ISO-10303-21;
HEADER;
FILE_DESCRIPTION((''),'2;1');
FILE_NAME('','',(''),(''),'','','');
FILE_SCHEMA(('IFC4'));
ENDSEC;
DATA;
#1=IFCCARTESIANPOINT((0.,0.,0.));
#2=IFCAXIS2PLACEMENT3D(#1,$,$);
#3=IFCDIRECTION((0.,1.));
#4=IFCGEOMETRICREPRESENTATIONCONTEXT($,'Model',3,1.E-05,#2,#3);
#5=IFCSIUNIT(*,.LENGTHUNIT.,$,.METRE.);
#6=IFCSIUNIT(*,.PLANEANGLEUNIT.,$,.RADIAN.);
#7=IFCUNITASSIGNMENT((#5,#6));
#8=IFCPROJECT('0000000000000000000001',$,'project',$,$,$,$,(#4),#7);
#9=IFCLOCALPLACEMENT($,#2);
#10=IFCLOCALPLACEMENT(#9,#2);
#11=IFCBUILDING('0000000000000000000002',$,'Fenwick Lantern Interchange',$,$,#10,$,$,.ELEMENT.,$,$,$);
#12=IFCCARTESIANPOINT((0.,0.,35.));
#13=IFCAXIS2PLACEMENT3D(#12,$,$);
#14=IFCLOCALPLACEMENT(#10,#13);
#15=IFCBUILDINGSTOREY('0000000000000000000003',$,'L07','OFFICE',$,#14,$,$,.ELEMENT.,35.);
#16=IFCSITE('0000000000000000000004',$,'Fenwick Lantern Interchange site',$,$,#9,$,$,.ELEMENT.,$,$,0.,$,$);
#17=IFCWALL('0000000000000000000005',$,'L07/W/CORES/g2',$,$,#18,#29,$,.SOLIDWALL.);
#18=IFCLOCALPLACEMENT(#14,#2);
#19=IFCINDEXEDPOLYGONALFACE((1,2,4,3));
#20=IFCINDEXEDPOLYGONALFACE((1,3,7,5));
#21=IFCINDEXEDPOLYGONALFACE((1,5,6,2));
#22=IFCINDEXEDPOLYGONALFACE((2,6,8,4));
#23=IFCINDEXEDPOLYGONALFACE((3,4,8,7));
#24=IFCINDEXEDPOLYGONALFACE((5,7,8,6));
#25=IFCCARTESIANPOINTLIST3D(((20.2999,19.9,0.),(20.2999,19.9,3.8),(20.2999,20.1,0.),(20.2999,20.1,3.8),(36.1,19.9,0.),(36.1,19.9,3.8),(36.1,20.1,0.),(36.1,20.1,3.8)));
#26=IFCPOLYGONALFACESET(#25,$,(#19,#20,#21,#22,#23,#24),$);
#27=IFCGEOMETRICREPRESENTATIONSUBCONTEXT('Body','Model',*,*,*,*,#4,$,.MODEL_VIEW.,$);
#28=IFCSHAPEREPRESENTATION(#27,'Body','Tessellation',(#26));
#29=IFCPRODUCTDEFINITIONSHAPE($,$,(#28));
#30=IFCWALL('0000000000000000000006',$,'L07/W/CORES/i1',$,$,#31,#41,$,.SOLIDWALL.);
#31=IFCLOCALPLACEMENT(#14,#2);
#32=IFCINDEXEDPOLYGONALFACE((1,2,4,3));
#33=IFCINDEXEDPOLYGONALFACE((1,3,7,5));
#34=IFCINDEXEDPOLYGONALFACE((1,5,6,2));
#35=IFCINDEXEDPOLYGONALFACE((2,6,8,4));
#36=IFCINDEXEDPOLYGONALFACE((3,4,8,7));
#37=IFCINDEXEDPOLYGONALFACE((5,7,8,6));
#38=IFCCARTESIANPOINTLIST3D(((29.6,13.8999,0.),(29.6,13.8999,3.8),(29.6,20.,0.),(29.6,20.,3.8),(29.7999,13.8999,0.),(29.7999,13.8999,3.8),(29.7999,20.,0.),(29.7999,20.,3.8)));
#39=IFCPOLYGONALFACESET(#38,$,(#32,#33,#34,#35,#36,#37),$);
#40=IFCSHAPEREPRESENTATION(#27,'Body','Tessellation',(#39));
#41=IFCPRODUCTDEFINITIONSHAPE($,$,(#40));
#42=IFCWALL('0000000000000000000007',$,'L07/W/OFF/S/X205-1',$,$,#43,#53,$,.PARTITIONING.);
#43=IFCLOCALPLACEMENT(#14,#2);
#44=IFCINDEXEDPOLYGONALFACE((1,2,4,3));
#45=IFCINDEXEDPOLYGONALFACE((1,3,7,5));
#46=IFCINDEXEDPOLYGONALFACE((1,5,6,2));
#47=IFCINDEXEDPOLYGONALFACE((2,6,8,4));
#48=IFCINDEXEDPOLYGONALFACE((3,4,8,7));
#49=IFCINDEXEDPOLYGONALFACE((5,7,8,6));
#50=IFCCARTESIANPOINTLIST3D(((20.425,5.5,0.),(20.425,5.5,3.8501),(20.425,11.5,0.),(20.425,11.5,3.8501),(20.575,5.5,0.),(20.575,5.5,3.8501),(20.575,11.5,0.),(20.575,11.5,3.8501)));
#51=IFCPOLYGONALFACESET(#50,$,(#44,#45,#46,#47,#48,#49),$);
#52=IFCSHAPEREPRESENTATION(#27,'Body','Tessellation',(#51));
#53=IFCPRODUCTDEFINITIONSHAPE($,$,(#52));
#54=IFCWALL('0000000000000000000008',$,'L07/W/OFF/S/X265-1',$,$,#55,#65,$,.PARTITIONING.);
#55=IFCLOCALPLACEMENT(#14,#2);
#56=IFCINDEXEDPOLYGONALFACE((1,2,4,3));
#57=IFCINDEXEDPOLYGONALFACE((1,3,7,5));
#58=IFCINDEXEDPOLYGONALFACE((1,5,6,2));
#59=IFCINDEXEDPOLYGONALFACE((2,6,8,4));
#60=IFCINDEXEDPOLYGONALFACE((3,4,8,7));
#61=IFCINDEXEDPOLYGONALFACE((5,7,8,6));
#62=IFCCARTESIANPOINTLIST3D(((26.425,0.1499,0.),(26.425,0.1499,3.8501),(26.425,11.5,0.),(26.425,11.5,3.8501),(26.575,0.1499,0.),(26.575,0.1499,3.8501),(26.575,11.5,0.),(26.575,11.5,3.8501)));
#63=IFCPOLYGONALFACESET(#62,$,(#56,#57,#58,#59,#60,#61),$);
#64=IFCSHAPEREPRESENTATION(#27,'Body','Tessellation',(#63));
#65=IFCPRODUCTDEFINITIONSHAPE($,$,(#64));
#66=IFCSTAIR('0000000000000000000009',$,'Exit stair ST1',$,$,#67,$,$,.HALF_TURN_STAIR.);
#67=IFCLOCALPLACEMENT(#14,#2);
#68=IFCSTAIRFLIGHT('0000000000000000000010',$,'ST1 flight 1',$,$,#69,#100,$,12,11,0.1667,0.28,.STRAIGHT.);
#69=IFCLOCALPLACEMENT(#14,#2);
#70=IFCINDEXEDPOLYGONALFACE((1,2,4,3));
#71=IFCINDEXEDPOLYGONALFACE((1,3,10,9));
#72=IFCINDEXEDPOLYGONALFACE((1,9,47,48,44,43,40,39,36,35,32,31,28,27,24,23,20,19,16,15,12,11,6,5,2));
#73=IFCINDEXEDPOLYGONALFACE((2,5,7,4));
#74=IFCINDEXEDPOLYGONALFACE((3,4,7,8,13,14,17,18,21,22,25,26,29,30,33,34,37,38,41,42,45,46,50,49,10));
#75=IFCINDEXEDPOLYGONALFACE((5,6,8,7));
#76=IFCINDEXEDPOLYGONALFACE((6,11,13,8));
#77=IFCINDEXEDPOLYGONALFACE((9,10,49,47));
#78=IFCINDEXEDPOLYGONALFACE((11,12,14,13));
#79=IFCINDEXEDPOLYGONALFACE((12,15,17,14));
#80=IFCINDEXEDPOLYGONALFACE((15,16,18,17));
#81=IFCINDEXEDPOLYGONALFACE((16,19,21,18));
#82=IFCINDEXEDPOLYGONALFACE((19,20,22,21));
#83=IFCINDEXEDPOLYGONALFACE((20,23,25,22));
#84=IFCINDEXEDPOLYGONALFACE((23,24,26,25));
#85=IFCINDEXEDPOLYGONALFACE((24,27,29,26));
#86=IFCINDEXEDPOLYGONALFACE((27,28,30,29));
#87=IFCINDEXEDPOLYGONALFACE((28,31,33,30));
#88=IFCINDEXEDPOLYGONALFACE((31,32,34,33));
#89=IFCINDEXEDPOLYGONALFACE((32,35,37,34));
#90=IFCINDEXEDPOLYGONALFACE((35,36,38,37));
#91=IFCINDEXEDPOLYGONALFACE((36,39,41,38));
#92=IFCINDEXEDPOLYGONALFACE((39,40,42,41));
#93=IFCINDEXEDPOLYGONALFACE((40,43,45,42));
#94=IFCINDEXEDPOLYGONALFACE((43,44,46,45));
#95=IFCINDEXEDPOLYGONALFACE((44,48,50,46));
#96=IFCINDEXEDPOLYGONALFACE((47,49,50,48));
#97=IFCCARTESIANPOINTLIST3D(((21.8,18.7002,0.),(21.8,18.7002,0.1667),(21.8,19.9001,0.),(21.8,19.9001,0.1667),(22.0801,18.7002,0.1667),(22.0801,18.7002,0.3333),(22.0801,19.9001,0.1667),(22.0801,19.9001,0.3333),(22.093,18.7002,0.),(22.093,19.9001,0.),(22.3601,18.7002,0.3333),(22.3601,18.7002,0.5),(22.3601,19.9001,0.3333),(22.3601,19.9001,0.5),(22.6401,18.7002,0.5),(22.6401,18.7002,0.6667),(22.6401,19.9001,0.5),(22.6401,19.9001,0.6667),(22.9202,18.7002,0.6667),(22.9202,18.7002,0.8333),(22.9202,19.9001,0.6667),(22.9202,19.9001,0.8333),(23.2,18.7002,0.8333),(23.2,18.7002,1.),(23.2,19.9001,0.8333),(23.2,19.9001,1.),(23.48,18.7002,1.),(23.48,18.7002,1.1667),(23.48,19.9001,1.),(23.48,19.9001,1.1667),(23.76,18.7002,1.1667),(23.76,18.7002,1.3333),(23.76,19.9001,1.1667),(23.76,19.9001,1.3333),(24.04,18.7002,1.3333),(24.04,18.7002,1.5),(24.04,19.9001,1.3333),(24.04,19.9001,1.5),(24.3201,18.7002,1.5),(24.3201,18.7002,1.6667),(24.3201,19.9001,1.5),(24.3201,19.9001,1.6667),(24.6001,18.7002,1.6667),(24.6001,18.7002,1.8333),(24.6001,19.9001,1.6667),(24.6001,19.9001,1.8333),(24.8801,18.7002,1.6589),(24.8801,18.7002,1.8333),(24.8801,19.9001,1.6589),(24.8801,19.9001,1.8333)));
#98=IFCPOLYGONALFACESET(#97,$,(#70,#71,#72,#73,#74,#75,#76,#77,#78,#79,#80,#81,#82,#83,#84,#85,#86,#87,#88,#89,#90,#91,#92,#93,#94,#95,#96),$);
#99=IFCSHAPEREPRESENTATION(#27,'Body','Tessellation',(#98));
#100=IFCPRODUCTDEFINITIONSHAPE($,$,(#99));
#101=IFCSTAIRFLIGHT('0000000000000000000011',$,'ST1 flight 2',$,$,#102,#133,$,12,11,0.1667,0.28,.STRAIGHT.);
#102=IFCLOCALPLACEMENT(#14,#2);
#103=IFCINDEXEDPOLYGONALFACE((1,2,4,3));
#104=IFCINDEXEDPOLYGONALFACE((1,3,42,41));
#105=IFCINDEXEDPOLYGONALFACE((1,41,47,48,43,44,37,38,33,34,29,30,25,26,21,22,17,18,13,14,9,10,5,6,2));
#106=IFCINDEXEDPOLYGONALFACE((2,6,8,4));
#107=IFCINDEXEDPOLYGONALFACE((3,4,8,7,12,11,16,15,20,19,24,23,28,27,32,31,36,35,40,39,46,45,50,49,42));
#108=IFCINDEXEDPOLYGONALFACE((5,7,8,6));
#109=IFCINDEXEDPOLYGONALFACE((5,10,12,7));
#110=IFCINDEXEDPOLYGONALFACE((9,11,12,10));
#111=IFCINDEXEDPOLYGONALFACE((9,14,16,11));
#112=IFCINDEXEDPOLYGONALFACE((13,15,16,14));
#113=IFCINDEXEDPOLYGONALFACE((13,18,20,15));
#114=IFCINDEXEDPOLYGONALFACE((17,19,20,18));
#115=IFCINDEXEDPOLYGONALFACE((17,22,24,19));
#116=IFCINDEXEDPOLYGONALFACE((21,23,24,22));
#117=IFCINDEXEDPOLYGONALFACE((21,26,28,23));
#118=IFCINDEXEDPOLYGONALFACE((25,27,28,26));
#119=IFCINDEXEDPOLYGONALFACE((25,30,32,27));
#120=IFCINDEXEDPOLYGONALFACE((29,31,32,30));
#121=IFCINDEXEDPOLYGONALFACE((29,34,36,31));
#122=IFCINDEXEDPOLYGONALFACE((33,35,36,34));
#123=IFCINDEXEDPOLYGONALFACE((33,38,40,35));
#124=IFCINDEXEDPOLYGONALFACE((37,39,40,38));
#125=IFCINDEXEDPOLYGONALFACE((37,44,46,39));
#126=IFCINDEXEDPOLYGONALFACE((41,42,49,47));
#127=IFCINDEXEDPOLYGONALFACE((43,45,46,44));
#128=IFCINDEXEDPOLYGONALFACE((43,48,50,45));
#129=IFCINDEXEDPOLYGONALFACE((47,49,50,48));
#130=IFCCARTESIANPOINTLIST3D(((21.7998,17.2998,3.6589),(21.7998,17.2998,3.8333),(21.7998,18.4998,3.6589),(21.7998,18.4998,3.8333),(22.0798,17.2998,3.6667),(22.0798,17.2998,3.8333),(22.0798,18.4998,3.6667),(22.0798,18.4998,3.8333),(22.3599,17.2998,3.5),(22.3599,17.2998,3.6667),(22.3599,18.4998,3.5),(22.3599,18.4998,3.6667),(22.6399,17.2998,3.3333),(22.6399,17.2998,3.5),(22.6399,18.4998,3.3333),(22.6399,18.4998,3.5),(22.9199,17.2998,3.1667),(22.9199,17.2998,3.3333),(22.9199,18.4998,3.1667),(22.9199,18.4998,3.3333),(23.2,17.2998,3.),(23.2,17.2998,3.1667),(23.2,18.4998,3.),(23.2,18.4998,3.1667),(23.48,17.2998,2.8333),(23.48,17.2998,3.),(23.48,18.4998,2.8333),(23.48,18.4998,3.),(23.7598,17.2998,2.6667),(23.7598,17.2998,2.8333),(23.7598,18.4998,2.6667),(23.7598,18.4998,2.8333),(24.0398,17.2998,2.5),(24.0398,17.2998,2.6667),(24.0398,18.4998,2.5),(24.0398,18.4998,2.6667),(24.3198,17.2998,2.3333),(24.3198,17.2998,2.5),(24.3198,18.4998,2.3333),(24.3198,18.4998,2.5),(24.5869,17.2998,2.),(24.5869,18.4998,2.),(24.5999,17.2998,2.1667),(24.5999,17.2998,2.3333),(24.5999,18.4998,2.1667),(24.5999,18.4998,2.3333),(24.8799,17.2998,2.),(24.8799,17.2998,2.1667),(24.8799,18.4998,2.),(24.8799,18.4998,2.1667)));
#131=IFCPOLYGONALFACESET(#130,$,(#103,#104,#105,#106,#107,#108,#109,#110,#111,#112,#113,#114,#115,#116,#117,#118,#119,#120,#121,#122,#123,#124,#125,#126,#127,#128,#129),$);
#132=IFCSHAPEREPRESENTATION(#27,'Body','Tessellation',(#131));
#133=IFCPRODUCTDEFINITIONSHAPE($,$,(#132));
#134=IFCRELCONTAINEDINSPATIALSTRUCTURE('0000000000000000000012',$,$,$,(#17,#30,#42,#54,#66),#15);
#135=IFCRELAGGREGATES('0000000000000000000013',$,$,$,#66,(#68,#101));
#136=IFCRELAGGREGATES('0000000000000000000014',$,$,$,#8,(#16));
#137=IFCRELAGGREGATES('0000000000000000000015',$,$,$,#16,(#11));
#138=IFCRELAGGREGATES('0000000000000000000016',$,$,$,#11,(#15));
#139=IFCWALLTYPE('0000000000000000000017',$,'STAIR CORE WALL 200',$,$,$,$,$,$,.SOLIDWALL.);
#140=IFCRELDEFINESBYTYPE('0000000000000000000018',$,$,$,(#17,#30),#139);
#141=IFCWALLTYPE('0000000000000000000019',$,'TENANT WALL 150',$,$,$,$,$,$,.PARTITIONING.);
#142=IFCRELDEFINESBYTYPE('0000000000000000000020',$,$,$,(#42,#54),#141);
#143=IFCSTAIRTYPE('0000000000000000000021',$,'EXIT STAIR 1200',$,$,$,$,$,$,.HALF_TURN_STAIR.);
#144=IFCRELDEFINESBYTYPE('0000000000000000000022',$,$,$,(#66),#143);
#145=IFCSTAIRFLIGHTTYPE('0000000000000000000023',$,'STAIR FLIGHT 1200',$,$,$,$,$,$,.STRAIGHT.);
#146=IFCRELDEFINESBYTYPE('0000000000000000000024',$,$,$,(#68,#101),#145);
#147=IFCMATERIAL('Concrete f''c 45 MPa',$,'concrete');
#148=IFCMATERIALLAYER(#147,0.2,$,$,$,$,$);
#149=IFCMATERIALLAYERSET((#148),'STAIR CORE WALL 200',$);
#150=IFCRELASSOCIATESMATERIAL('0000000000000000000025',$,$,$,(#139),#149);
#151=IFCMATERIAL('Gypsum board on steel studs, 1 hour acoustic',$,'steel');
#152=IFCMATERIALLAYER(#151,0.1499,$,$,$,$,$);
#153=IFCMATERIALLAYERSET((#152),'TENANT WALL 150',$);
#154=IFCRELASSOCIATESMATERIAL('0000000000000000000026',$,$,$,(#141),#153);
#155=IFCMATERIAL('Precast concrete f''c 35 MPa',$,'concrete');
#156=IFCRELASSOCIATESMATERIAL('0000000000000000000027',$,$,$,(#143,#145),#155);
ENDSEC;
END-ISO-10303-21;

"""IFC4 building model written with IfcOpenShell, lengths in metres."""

from ifc_helpers import new_model, si_unit, direction, frame, frame_2d, origin, place, context, subcontext, project, spatial, polyline, rectangle, outline, extrude, material, layer, layer_set, type_object, element, aggregate, save


model = new_model("IFC4")

# Units and contexts
model_context = context("Model", 3, precision=1e-05, world=origin(), true_north=direction((0.0, 1.0)))
body_context = subcontext(model_context, "Body", "Model", "MODEL_VIEW")
ifc_project = project(units=[si_unit("LENGTHUNIT", "METRE"), si_unit("PLANEANGLEUNIT", "RADIAN")], contexts=[model_context])

# Site, building, storey
site_placement = place(None, origin())
site = spatial("IfcSite", under=ifc_project, at=site_placement, Name="Fenwick Lantern Interchange site", CompositionType="ELEMENT", RefElevation=0.0)
building_placement = place(site_placement, origin())
building = spatial("IfcBuilding", under=site, at=building_placement, Name="Fenwick Lantern Interchange", CompositionType="ELEMENT")
storey_placement = place(building_placement, frame((0.0, 0.0, 35.0)))
storey = spatial("IfcBuildingStorey", under=building, at=storey_placement, Name="L07", Description="OFFICE", CompositionType="ELEMENT", Elevation=35.0)

# Shared definitions
ifc_material_1 = material(Name="Concrete f'c 45 MPa", Category="concrete")
ifc_layer_1 = layer(ifc_material_1, 0.2)
ifc_layer_set_1 = layer_set([ifc_layer_1], Name="STAIR CORE WALL 200")
wall_type_1 = type_object("IfcWallType", Name="STAIR CORE WALL 200", PredefinedType="SOLIDWALL", material=ifc_layer_set_1)

# Walls
wall_1_placement = place(storey_placement, frame((20.3, 20.0, 0.0), z_axis=(0.0, 0.0, 1.0), x_axis=(1.0, 0.0, 0.0)))
element("IfcWall", 1, at=wall_1_placement, inside=storey, type_object=wall_type_1, Name="L07/W/CORES/g2", PredefinedType="SOLIDWALL", context=body_context, shape_type="SweptSolid", body=[
    extrude(rectangle(XDim=15.8, YDim=0.2, at=frame_2d((7.8999, 0.0))), origin(), (0.0, 0.0, 1.0), 3.8),
])
wall_2_placement = place(storey_placement, frame((29.7, 13.8999, 0.0), z_axis=(0.0, 0.0, 1.0), x_axis=(0.0, 1.0, 0.0)))
element("IfcWall", 2, at=wall_2_placement, inside=storey, type_object=wall_type_1, Name="L07/W/CORES/i1", PredefinedType="SOLIDWALL", context=body_context, shape_type="SweptSolid", body=[
    extrude(rectangle(XDim=6.1001, YDim=0.2, at=frame_2d((3.05, 0.0))), origin(), (0.0, 0.0, 1.0), 3.8),
])
ifc_material_2 = material(Name="Gypsum board on steel studs, 1 hour acoustic", Category="steel")
ifc_layer_2 = layer(ifc_material_2, 0.1499)
ifc_layer_set_2 = layer_set([ifc_layer_2], Name="TENANT WALL 150")
wall_type_2 = type_object("IfcWallType", Name="TENANT WALL 150", PredefinedType="PARTITIONING", material=ifc_layer_set_2)
wall_3_placement = place(storey_placement, frame((20.5, 5.5, 0.0), z_axis=(0.0, 0.0, 1.0), x_axis=(0.0, 1.0, 0.0)))
element("IfcWall", 3, at=wall_3_placement, inside=storey, type_object=wall_type_2, Name="L07/W/OFF/S/X205-1", PredefinedType="PARTITIONING", context=body_context, shape_type="SweptSolid", body=[
    extrude(rectangle(XDim=6.0, YDim=0.1499, at=frame_2d((3.0, 0.0))), origin(), (0.0, 0.0, 1.0), 3.8501),
])
wall_4_placement = place(storey_placement, frame((26.5, 0.1499, 0.0), z_axis=(0.0, 0.0, 1.0), x_axis=(0.0, 1.0, 0.0)))
element("IfcWall", 4, at=wall_4_placement, inside=storey, type_object=wall_type_2, Name="L07/W/OFF/S/X265-1", PredefinedType="PARTITIONING", context=body_context, shape_type="SweptSolid", body=[
    extrude(rectangle(XDim=11.3501, YDim=0.1499, at=frame_2d((5.675, 0.0))), origin(), (0.0, 0.0, 1.0), 3.8501),
])

# Stair, stair flights
ifc_material_3 = material(Name="Precast concrete f'c 35 MPa", Category="concrete")
stair_type = type_object("IfcStairType", Name="EXIT STAIR 1200", PredefinedType="HALF_TURN_STAIR", material=ifc_material_3)
stair_placement = place(storey_placement, origin())
stair = element("IfcStair", 5, at=stair_placement, inside=storey, type_object=stair_type, Name="Exit stair ST1", PredefinedType="HALF_TURN_STAIR")
stair_flight_type = type_object("IfcStairFlightType", Name="STAIR FLIGHT 1200", PredefinedType="STRAIGHT", material=ifc_material_3)
stair_flight_1_placement = place(storey_placement, frame((21.8, 19.3, 0.0), z_axis=(0.0, 0.0, 1.0), x_axis=(1.0, 0.0, 0.0)))
stair_flight_1 = element("IfcStairFlight", 6, at=stair_flight_1_placement, type_object=stair_flight_type, Name="ST1 flight 1", NumberOfRisers=12, NumberOfTreads=11, PredefinedType="STRAIGHT", RiserHeight=0.1667, TreadLength=0.28, context=body_context, shape_type="SweptSolid", body=[
    extrude(outline(polyline([(0.0, 0.0), (0.0, 0.1667), (0.28, 0.1667), (0.28, 0.3333), (0.5601, 0.3333), (0.5601, 0.5), (0.8401, 0.5), (0.8401, 0.6667), (1.1201, 0.6667), (1.1201, 0.8333), (1.3999, 0.8333), (1.3999, 1.0), (1.6799, 1.0), (1.6799, 1.1667), (1.96, 1.1667), (1.96, 1.3333), (2.24, 1.3333), (2.24, 1.5), (2.52, 1.5), (2.52, 1.6667), (2.8, 1.6667), (2.8, 1.8333), (3.0801, 1.8333), (3.0801, 2.0), (3.0801, 1.6589), (0.293, 0.0), (0.0, 0.0)])), frame((0.0, 0.6001, 0.0), z_axis=(0.0, -1.0, 0.0), x_axis=(1.0, 0.0, 0.0)), (0.0, 0.0, 1.0), 1.2),
])
stair_flight_2_placement = place(storey_placement, frame((24.8799, 17.8999, 2.0), z_axis=(0.0, 0.0, 1.0), x_axis=(-1.0, 0.0, 0.0)))
stair_flight_2 = element("IfcStairFlight", 7, at=stair_flight_2_placement, type_object=stair_flight_type, Name="ST1 flight 2", NumberOfRisers=12, NumberOfTreads=11, PredefinedType="STRAIGHT", RiserHeight=0.1667, TreadLength=0.28, context=body_context, shape_type="SweptSolid", body=[
    extrude(outline(polyline([(0.0, 0.0), (0.0, 0.1667), (0.28, 0.1667), (0.28, 0.3333), (0.5601, 0.3333), (0.5601, 0.5), (0.8401, 0.5), (0.8401, 0.6667), (1.1201, 0.6667), (1.1201, 0.8333), (1.3999, 0.8333), (1.3999, 1.0), (1.6799, 1.0), (1.6799, 1.1667), (1.96, 1.1667), (1.96, 1.3333), (2.24, 1.3333), (2.24, 1.5), (2.52, 1.5), (2.52, 1.6667), (2.8, 1.6667), (2.8, 1.8333), (3.0801, 1.8333), (3.0801, 2.0), (3.0801, 1.6589), (0.293, 0.0), (0.0, 0.0)])), frame((0.0, 0.6001, 0.0), z_axis=(0.0, -1.0, 0.0), x_axis=(1.0, 0.0, 0.0)), (0.0, 0.0, 1.0), 1.2),
])
aggregate(stair, [stair_flight_1, stair_flight_2])

save(model, "model.ifc")
